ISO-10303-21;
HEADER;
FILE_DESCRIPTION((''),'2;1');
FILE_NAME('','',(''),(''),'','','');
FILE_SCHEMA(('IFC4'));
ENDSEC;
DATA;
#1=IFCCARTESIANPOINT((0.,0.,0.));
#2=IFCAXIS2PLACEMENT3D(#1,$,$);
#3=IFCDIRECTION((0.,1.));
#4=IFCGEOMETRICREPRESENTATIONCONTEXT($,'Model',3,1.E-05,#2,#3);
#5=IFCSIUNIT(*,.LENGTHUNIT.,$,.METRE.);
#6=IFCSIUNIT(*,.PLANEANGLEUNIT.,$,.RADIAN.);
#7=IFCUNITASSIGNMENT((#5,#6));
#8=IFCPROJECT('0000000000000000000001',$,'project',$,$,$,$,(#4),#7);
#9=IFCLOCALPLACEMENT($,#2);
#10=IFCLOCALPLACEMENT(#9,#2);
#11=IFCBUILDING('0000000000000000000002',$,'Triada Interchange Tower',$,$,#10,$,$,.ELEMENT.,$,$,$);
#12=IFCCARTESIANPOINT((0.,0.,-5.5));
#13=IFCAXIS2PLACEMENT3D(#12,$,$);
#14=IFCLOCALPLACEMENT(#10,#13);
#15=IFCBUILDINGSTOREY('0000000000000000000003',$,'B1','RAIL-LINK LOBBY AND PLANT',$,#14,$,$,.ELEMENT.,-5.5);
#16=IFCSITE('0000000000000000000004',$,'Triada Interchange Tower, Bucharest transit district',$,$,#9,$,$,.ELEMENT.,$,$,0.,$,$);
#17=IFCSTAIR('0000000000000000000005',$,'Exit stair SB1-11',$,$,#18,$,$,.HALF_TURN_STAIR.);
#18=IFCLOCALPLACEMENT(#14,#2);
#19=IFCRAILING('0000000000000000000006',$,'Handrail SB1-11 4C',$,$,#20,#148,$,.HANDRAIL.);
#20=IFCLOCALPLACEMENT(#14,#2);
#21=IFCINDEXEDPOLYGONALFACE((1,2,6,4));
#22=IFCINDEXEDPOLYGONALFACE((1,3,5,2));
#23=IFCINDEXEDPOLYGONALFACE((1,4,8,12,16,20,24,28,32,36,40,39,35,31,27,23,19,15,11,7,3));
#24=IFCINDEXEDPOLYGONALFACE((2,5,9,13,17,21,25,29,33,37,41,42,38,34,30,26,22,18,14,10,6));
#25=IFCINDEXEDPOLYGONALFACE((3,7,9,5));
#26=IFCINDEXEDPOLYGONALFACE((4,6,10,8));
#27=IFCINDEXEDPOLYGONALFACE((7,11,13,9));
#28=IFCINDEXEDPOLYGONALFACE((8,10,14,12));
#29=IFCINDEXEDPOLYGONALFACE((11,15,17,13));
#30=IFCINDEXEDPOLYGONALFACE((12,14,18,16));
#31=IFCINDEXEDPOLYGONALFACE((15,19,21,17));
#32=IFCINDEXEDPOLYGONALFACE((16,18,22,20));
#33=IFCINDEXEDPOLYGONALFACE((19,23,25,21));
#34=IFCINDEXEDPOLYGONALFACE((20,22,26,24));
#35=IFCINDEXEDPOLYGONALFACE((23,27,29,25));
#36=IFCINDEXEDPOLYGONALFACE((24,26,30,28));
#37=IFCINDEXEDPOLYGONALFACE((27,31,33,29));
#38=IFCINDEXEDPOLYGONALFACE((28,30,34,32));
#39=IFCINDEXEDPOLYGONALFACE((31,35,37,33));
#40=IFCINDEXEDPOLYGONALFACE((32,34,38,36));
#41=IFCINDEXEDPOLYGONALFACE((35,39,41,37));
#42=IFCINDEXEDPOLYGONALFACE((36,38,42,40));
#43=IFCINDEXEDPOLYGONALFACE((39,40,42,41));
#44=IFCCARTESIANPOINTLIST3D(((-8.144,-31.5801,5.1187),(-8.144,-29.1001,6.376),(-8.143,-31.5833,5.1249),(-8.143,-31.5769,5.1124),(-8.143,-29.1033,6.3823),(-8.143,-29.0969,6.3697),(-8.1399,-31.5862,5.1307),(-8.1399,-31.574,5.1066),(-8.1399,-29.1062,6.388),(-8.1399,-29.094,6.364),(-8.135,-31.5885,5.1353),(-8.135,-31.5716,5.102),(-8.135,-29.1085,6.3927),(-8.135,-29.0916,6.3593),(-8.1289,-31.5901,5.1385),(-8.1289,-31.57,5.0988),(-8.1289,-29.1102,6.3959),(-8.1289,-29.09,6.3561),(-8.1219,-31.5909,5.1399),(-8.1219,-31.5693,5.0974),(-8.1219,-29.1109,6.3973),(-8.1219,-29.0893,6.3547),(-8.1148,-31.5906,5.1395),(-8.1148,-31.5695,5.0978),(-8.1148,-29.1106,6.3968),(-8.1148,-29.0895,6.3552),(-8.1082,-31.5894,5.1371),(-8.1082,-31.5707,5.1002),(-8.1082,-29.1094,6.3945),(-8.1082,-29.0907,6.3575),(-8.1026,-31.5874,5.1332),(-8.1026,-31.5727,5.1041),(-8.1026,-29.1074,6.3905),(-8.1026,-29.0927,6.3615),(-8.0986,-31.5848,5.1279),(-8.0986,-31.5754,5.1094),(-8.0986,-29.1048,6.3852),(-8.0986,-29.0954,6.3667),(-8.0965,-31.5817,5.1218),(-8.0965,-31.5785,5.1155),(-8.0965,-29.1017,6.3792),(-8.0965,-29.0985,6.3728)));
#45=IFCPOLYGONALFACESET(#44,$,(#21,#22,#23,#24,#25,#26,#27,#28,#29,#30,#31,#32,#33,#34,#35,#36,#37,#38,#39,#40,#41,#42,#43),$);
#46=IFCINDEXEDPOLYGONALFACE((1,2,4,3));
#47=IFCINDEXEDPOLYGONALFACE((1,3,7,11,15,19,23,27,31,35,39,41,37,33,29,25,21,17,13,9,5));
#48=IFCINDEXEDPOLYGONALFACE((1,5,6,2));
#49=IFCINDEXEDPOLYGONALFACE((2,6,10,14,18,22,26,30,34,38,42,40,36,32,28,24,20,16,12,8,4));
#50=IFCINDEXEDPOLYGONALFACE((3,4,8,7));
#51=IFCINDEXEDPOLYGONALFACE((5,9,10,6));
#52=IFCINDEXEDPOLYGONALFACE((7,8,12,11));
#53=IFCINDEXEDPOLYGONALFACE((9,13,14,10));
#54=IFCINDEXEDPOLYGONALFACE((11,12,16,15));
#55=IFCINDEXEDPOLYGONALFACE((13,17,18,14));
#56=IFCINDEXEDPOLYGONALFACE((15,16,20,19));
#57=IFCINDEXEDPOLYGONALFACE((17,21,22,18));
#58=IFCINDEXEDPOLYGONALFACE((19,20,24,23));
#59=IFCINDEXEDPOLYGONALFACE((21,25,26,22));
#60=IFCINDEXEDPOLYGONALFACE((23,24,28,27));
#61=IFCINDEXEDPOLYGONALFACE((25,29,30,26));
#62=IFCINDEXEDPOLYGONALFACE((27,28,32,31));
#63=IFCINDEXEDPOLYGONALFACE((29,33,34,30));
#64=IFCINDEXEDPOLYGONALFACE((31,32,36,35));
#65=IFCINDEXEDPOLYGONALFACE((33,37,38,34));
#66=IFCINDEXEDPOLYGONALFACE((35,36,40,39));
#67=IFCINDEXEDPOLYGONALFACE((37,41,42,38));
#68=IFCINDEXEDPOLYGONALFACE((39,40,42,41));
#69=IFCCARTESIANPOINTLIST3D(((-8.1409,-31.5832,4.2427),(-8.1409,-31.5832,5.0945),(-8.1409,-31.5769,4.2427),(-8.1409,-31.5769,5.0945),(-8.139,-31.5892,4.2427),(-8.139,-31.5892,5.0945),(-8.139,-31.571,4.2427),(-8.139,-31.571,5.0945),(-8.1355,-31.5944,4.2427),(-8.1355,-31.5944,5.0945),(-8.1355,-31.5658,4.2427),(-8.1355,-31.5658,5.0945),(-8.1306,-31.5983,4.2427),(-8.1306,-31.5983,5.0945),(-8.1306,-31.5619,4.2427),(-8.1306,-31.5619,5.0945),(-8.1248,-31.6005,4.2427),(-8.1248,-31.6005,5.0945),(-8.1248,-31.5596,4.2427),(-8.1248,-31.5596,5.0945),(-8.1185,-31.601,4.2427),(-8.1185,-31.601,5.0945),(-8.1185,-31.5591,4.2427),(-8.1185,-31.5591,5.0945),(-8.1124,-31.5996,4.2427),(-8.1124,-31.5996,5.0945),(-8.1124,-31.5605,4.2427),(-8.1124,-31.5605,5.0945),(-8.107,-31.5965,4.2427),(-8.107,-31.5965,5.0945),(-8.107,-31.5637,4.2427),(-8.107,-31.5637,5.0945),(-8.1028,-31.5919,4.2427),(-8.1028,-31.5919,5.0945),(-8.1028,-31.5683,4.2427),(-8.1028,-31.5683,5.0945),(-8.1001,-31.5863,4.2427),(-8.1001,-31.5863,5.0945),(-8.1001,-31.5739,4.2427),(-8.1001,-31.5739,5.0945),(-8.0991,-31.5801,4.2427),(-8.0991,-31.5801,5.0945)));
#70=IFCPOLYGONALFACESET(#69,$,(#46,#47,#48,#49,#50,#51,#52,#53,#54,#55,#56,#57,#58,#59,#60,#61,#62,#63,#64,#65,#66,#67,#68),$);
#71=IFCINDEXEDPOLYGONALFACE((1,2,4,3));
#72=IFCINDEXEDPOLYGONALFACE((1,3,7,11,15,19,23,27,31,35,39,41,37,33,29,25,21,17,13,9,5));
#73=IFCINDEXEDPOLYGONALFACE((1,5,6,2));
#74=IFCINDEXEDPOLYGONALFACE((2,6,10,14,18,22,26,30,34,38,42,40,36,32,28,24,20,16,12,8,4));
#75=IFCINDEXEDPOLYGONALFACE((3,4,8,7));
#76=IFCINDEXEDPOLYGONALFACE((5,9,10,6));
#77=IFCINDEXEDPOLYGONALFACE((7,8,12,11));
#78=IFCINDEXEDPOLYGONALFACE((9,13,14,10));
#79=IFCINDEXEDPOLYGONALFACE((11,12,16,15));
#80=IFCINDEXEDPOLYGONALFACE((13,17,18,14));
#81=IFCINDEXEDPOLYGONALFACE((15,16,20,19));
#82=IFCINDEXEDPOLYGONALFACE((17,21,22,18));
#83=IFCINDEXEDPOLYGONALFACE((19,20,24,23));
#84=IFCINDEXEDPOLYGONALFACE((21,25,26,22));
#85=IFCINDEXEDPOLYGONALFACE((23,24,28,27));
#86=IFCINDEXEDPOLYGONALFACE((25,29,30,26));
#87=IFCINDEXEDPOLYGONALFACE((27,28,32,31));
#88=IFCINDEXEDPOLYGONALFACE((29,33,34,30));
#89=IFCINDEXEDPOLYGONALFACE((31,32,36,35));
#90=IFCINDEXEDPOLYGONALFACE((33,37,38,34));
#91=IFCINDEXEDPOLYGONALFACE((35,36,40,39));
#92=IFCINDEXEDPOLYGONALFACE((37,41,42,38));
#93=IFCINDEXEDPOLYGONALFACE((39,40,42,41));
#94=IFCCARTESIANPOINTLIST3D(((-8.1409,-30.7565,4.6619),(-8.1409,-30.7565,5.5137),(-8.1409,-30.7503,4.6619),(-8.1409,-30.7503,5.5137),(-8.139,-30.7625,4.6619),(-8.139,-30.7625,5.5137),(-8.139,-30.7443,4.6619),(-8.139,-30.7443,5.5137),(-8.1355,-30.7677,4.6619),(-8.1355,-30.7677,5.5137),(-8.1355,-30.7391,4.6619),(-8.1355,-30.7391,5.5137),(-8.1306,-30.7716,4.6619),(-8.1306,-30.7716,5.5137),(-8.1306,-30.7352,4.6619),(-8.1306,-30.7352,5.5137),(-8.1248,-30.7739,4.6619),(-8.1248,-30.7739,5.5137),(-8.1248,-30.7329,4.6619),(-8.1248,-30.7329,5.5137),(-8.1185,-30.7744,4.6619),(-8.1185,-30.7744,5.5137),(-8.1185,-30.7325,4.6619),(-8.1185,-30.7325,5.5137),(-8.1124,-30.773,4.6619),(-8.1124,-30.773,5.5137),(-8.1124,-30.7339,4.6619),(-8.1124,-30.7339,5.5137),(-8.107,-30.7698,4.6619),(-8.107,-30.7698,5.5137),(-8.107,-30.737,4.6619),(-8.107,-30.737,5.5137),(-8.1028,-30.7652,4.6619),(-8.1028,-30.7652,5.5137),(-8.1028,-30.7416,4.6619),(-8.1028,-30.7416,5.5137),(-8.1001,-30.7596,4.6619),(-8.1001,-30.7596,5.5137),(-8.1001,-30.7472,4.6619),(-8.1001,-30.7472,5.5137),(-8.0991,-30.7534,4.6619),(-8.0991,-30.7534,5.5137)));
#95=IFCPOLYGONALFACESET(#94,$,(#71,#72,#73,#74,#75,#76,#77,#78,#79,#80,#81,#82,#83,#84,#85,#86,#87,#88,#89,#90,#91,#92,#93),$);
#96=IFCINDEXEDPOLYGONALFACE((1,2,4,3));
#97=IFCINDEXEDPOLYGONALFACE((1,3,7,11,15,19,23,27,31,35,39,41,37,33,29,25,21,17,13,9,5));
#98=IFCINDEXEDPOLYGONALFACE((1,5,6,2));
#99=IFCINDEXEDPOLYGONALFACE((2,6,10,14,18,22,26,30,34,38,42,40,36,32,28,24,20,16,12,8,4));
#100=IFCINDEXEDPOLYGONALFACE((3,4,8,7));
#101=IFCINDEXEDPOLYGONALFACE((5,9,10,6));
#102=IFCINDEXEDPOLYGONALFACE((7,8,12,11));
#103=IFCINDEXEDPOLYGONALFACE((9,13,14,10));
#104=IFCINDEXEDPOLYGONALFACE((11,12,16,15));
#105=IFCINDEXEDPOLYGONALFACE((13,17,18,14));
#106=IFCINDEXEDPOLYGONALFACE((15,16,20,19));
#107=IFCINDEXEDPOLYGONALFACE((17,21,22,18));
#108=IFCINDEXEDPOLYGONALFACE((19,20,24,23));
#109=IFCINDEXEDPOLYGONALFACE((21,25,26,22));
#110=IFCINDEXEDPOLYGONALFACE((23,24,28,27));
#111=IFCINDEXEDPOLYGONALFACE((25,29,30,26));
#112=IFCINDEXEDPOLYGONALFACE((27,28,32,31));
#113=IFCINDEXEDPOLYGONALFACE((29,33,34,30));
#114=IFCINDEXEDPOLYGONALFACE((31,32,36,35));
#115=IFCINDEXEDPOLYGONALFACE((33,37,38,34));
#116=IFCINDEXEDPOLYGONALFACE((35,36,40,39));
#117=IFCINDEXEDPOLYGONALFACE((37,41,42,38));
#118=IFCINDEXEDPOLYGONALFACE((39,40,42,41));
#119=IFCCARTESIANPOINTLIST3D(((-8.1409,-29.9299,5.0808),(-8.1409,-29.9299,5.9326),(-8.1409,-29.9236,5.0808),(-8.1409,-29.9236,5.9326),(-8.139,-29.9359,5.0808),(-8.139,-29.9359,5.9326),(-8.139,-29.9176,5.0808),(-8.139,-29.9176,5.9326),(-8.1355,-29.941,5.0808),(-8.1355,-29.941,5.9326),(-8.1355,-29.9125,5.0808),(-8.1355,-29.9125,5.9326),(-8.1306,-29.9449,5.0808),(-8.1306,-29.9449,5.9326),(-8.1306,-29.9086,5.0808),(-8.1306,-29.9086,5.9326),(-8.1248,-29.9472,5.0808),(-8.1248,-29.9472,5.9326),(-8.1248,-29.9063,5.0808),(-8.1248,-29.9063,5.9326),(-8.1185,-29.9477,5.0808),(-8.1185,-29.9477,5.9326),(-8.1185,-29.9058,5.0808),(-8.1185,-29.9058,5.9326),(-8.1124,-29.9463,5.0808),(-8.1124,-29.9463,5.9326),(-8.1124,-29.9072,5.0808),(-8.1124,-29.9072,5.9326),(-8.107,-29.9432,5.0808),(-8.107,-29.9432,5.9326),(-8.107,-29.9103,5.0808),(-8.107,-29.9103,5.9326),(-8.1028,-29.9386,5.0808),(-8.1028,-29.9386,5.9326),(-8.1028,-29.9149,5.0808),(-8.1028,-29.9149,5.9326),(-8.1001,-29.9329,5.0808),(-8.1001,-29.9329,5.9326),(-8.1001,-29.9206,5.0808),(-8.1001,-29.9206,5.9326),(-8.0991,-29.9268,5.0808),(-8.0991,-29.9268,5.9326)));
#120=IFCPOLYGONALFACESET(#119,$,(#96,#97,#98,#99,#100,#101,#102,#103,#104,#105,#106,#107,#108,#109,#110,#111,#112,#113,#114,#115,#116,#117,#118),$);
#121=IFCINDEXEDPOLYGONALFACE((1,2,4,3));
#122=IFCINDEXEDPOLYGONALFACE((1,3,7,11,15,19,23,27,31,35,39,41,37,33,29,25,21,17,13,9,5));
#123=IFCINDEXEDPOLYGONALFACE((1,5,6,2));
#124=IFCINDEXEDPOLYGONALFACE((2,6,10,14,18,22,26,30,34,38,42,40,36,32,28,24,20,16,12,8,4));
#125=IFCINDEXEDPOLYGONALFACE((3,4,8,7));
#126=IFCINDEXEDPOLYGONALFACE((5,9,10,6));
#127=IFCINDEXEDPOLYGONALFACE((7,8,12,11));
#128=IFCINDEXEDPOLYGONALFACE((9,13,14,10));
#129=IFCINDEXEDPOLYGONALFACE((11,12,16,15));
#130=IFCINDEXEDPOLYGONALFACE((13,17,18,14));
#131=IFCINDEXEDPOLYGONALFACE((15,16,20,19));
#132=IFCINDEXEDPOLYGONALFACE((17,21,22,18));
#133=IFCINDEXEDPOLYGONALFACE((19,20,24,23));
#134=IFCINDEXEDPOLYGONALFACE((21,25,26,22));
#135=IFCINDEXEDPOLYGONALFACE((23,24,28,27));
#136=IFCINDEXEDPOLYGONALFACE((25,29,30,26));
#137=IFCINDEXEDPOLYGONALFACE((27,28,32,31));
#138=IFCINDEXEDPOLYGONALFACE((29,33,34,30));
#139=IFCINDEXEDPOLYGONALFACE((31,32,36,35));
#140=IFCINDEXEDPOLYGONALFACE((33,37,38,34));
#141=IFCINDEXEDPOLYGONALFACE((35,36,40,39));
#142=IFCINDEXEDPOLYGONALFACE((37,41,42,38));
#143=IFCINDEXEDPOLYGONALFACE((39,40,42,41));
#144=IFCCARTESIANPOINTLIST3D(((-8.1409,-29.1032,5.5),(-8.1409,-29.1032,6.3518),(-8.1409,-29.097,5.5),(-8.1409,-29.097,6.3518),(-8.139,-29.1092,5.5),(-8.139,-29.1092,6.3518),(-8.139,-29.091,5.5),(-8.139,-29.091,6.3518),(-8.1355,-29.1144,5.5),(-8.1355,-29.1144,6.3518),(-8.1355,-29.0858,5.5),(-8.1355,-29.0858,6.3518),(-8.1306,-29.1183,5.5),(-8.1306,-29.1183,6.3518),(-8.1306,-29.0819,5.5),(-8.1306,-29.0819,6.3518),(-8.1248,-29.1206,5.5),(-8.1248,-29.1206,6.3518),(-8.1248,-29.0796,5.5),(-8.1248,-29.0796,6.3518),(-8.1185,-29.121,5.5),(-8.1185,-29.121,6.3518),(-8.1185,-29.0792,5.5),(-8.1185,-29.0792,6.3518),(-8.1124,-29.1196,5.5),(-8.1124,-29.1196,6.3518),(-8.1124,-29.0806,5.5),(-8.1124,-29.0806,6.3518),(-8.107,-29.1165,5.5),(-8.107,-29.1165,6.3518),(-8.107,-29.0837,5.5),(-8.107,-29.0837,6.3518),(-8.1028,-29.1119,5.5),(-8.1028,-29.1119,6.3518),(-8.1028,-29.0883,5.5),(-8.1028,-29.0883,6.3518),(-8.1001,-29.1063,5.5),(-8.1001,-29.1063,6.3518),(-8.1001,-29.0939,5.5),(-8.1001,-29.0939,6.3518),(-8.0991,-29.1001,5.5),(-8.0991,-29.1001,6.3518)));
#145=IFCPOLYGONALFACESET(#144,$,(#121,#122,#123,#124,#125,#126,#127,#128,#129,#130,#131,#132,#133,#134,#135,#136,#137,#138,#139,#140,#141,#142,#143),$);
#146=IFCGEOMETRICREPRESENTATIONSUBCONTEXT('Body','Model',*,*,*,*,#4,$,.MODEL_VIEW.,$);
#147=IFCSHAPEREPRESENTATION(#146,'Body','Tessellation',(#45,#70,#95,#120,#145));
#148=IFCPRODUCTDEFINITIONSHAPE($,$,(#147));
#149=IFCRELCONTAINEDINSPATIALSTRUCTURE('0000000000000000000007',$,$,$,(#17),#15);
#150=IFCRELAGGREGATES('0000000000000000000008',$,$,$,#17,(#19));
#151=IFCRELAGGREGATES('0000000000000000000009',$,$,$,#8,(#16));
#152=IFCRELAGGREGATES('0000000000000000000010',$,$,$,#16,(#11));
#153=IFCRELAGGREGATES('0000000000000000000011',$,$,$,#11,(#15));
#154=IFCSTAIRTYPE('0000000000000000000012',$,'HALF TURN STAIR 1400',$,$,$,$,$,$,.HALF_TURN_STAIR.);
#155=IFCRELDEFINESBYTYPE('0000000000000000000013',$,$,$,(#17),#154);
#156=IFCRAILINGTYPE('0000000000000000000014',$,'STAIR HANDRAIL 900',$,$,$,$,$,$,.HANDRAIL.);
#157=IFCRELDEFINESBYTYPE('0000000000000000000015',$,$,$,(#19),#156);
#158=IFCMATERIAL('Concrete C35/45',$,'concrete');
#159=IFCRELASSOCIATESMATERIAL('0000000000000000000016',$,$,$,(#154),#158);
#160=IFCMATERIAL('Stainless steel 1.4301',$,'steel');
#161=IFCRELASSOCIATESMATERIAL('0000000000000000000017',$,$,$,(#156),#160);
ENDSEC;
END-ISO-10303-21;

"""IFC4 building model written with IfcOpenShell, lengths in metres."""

from ifc_helpers import new_model, si_unit, direction, frame, origin, origin_2d, place, context, subcontext, project, spatial, circle, extrude, material, type_object, element, aggregate, save


model = new_model("IFC4")

# Units and contexts
model_context = context("Model", 3, precision=1e-05, world=origin(), true_north=direction((0.0, 1.0)))
body_context = subcontext(model_context, "Body", "Model", "MODEL_VIEW")
ifc_project = project(units=[si_unit("LENGTHUNIT", "METRE"), si_unit("PLANEANGLEUNIT", "RADIAN")], contexts=[model_context])

# Site, building, storey
site_placement = place(None, origin())
site = spatial("IfcSite", under=ifc_project, at=site_placement, Name="Triada Interchange Tower, Bucharest transit district", CompositionType="ELEMENT", RefElevation=0.0)
building_placement = place(site_placement, origin())
building = spatial("IfcBuilding", under=site, at=building_placement, Name="Triada Interchange Tower", CompositionType="ELEMENT")
storey_placement = place(building_placement, frame((0.0, 0.0, -5.5)))
storey = spatial("IfcBuildingStorey", under=building, at=storey_placement, Name="B1", Description="RAIL-LINK LOBBY AND PLANT", CompositionType="ELEMENT", Elevation=-5.5)

# Shared definitions
ifc_material_1 = material(Name="Concrete C35/45", Category="concrete")

# Stair, railing
stair_type = type_object("IfcStairType", Name="HALF TURN STAIR 1400", PredefinedType="HALF_TURN_STAIR", material=ifc_material_1)
stair_placement = place(storey_placement, origin())
stair = element("IfcStair", 1, at=stair_placement, inside=storey, type_object=stair_type, Name="Exit stair SB1-11", PredefinedType="HALF_TURN_STAIR")
ifc_material_2 = material(Name="Stainless steel 1.4301", Category="steel")
railing_type_1 = type_object("IfcRailingType", Name="STAIR HANDRAIL 900", PredefinedType="HANDRAIL", material=ifc_material_2)
railing_1_placement = place(storey_placement, frame((-8.1201, -31.5801, 4.2427)))
railing_1 = element("IfcRailing", 2, at=railing_1_placement, type_object=railing_type_1, Name="Handrail SB1-11 4C", PredefinedType="HANDRAIL", context=body_context, shape_type="SweptSolid", body=[
    extrude(circle(Radius=0.0239, at=origin_2d()), frame((0.0, 0.0, 0.876), z_axis=(0.0, 0.89192, 0.452194), x_axis=(-1.0, 0.0, 0.0)), (0.0, 0.0, 1.0), 2.7805),
    extrude(circle(Radius=0.021, at=origin_2d()), origin(), (0.0, 0.0, 1.0), 0.8518),
    extrude(circle(Radius=0.021, at=origin_2d()), frame((0.0, 0.8267, 0.4192)), (0.0, 0.0, 1.0), 0.8518),
    extrude(circle(Radius=0.021, at=origin_2d()), frame((0.0, 1.6533, 0.8381)), (0.0, 0.0, 1.0), 0.8518),
    extrude(circle(Radius=0.021, at=origin_2d()), frame((0.0, 2.48, 1.2573)), (0.0, 0.0, 1.0), 0.8518),
])
aggregate(stair, [railing_1])

save(model, "model.ifc")
